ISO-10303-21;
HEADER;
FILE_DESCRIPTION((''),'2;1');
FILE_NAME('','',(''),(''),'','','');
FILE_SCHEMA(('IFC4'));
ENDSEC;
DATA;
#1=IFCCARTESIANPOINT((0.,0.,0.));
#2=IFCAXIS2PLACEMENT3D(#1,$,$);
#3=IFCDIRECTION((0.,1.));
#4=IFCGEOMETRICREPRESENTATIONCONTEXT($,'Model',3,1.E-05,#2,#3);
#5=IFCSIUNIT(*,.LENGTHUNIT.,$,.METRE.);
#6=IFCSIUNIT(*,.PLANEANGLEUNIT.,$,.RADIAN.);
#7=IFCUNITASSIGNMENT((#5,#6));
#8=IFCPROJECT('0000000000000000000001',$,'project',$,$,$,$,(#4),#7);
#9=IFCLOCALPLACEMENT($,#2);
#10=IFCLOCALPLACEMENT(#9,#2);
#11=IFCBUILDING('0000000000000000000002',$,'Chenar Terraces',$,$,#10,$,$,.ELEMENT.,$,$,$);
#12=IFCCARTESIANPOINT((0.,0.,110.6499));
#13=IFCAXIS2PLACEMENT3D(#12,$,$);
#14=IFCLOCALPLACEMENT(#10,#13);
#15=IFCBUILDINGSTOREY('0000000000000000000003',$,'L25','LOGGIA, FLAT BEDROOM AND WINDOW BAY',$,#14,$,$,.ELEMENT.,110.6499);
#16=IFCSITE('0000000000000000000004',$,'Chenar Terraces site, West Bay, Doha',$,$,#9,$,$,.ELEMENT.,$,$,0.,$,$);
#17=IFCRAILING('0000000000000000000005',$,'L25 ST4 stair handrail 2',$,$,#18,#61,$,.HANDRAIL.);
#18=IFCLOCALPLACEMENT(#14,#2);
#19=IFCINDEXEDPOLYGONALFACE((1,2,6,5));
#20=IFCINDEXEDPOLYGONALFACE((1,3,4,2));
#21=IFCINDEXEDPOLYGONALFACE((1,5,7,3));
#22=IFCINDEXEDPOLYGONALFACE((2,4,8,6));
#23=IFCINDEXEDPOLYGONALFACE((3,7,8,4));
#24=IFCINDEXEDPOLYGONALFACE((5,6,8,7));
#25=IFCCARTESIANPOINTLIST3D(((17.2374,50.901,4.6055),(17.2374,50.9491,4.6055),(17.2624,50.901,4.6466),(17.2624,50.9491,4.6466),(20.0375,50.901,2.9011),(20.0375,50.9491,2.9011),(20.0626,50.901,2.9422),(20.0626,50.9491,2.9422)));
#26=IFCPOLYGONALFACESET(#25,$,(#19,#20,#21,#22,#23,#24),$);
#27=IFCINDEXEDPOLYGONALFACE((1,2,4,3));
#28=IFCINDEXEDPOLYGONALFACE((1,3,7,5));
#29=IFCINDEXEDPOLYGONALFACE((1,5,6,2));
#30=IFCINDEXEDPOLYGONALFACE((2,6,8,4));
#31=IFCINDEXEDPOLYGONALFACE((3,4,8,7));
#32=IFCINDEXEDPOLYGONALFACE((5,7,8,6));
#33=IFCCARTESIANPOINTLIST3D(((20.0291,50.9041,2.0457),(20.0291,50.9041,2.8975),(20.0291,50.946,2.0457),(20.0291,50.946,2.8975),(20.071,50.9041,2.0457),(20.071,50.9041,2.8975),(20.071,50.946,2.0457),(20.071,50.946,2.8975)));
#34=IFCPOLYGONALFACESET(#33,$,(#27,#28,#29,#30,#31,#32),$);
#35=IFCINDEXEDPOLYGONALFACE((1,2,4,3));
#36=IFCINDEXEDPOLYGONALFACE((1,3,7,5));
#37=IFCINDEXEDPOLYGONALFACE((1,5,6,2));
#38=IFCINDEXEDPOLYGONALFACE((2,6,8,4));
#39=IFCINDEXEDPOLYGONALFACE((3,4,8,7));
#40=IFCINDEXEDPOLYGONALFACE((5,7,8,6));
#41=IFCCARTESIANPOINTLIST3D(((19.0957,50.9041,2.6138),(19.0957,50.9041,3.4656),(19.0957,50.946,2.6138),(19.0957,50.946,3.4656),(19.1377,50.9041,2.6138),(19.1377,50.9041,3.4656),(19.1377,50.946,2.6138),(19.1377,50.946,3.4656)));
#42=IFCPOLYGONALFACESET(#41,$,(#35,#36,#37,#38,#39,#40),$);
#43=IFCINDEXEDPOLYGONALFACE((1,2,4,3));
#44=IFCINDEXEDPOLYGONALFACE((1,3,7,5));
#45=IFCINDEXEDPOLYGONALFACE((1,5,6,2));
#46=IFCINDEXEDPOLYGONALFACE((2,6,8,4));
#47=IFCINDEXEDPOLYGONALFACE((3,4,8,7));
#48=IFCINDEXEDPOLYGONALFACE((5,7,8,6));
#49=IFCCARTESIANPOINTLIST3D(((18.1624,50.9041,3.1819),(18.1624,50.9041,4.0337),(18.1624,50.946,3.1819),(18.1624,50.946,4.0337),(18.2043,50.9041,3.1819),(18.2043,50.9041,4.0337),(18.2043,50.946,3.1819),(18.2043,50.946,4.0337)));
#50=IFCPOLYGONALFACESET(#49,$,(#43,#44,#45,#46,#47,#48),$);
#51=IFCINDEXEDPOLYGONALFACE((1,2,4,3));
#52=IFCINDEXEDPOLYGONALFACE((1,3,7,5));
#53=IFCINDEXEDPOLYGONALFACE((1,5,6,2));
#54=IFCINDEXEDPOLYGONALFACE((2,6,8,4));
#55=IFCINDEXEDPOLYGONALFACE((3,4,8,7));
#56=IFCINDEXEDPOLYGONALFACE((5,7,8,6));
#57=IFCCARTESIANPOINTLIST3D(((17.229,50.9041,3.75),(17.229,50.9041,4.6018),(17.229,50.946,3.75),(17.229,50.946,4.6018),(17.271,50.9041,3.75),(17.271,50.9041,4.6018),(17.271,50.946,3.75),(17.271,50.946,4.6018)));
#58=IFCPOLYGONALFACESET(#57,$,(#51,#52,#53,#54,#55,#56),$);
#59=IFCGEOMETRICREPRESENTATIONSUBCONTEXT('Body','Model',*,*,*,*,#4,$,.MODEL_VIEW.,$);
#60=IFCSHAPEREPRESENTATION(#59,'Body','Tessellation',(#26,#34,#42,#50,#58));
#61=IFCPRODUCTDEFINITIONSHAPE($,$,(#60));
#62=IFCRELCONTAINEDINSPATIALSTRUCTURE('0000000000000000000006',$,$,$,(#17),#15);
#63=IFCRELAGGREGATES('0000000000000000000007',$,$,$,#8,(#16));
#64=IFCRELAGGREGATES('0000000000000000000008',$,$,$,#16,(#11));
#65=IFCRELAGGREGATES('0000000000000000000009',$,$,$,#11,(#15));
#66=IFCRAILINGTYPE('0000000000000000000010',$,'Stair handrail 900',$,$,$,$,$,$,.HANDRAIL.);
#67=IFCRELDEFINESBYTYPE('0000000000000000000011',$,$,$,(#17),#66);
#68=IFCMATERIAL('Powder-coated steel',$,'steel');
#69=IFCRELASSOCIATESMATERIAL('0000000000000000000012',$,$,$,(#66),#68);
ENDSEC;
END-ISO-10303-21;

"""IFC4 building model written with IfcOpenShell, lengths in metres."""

from ifc_helpers import new_model, si_unit, direction, frame, origin, origin_2d, place, context, subcontext, project, spatial, rectangle, extrude, material, type_object, element, save


model = new_model("IFC4")

# Units and contexts
model_context = context("Model", 3, precision=1e-05, world=origin(), true_north=direction((0.0, 1.0)))
body_context = subcontext(model_context, "Body", "Model", "MODEL_VIEW")
ifc_project = project(units=[si_unit("LENGTHUNIT", "METRE"), si_unit("PLANEANGLEUNIT", "RADIAN")], contexts=[model_context])

# Site, building, storey
site_placement = place(None, origin())
site = spatial("IfcSite", under=ifc_project, at=site_placement, Name="Chenar Terraces site, West Bay, Doha", CompositionType="ELEMENT", RefElevation=0.0)
building_placement = place(site_placement, origin())
building = spatial("IfcBuilding", under=site, at=building_placement, Name="Chenar Terraces", CompositionType="ELEMENT")
storey_placement = place(building_placement, frame((0.0, 0.0, 110.6499)))
storey = spatial("IfcBuildingStorey", under=building, at=storey_placement, Name="L25", Description="LOGGIA, FLAT BEDROOM AND WINDOW BAY", CompositionType="ELEMENT", Elevation=110.6499)

# Railing
ifc_material_1 = material(Name="Powder-coated steel", Category="steel")
railing_type_1 = type_object("IfcRailingType", Name="Stair handrail 900", PredefinedType="HANDRAIL", material=ifc_material_1)
railing_1_placement = place(storey_placement, frame((20.05, 50.925, 2.0457)))
element("IfcRailing", 1, at=railing_1_placement, inside=storey, type_object=railing_type_1, Name="L25 ST4 stair handrail 2", PredefinedType="HANDRAIL", context=body_context, shape_type="SweptSolid", body=[
    extrude(rectangle(XDim=0.0481, YDim=0.0481, at=origin_2d()), frame((0.0, 0.0, 0.876), z_axis=(-0.854203, 0.0, 0.51994), x_axis=(0.0, -1.0, 0.0)), (0.0, 0.0, 1.0), 3.2781),
    extrude(rectangle(XDim=0.042, YDim=0.042, at=origin_2d()), origin(), (0.0, 0.0, 1.0), 0.8518),
    extrude(rectangle(XDim=0.042, YDim=0.042, at=origin_2d()), frame((-0.9333, 0.0, 0.5681)), (0.0, 0.0, 1.0), 0.8518),
    extrude(rectangle(XDim=0.042, YDim=0.042, at=origin_2d()), frame((-1.8667, 0.0, 1.1362)), (0.0, 0.0, 1.0), 0.8518),
    extrude(rectangle(XDim=0.042, YDim=0.042, at=origin_2d()), frame((-2.8, 0.0, 1.7043)), (0.0, 0.0, 1.0), 0.8518),
])

save(model, "model.ifc")
